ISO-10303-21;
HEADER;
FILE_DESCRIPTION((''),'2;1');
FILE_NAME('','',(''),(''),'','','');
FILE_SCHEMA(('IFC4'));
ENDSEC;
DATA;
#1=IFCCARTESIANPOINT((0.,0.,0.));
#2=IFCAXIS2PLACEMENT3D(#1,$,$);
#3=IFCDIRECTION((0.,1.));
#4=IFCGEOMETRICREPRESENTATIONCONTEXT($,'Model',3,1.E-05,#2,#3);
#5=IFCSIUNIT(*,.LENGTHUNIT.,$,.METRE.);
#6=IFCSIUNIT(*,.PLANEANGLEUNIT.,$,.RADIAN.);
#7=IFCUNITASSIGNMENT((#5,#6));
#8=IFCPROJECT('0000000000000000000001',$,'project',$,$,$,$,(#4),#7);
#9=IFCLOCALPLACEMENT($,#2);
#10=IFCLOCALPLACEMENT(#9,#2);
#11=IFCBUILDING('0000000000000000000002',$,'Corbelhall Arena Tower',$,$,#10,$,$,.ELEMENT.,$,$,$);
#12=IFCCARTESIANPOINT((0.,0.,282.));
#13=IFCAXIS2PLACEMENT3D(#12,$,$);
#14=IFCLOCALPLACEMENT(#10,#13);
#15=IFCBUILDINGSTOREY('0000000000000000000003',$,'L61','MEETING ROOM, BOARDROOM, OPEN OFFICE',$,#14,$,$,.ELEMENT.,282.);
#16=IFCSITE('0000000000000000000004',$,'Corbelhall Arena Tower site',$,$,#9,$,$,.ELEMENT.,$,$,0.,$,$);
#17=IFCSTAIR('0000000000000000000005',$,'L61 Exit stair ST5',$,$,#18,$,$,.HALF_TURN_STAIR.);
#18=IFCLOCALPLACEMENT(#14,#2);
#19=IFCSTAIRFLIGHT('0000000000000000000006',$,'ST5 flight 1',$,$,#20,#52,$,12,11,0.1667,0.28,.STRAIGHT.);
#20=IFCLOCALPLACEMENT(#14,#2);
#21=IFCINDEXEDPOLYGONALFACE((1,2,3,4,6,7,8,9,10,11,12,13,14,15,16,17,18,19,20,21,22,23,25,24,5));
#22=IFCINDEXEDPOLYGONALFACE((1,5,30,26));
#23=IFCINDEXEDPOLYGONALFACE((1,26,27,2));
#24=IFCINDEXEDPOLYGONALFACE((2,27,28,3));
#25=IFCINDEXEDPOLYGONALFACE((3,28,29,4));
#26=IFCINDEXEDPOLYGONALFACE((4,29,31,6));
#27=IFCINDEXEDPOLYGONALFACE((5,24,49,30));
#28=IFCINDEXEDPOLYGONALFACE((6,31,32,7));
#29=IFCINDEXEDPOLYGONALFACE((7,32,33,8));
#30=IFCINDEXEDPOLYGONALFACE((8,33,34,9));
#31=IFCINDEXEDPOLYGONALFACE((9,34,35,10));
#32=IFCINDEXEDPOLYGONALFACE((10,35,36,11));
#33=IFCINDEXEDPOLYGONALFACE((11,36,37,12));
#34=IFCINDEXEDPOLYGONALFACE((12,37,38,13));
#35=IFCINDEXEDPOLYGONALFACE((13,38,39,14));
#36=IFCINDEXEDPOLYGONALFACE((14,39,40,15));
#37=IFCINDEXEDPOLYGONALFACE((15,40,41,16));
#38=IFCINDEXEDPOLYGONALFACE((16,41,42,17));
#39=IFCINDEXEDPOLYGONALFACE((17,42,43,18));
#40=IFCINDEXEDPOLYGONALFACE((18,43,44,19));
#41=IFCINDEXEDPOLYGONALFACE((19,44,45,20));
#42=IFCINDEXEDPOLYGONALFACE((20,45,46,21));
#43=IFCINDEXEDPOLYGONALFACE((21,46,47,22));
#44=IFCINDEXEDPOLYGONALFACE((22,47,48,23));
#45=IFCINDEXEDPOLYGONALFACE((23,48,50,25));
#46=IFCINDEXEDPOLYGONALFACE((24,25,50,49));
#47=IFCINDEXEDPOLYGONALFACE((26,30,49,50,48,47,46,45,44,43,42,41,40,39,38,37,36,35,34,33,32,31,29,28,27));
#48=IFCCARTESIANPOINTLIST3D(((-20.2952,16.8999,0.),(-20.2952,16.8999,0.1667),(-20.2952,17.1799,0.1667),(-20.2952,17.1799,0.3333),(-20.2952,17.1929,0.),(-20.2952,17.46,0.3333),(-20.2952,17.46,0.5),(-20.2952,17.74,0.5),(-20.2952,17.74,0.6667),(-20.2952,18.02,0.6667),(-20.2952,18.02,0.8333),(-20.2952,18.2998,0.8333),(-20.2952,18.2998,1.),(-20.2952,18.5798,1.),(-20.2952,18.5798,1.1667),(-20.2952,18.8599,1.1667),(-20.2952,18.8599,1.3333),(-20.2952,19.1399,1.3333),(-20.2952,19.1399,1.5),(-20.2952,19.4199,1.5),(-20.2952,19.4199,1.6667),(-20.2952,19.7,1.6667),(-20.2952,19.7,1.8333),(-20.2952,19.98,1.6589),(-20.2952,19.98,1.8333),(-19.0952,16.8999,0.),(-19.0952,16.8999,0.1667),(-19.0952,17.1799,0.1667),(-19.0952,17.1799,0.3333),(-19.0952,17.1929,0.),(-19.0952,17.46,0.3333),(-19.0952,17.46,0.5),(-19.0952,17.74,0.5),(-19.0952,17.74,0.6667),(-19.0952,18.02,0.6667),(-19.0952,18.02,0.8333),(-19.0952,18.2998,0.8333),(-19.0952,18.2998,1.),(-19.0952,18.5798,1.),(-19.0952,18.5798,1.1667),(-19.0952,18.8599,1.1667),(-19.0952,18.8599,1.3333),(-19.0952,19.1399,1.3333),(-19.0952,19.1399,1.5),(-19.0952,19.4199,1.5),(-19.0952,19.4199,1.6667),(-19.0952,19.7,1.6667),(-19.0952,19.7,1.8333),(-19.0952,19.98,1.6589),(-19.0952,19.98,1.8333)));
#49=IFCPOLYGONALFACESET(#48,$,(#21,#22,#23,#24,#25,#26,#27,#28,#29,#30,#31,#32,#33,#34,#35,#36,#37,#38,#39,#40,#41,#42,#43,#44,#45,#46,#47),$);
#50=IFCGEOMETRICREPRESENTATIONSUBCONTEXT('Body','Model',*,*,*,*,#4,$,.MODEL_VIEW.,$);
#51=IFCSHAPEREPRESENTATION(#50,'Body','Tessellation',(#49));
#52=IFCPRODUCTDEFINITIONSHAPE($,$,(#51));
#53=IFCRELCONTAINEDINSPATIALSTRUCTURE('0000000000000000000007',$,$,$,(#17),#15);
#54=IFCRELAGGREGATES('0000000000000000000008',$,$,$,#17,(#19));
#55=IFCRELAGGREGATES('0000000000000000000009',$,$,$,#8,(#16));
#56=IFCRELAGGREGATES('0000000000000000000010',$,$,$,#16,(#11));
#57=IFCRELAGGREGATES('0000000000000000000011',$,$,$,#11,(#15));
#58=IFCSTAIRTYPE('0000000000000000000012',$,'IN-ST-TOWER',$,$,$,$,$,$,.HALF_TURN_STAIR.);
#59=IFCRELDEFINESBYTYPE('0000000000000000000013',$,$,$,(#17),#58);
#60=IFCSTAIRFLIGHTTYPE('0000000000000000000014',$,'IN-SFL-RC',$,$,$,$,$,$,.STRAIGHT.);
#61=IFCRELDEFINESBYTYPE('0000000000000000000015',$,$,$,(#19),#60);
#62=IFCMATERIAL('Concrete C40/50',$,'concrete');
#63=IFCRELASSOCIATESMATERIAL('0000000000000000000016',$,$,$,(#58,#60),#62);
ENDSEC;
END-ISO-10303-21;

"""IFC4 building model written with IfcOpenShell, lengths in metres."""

from ifc_helpers import new_model, si_unit, direction, frame, origin, place, context, subcontext, project, spatial, polyline, outline, extrude, material, type_object, element, aggregate, save


model = new_model("IFC4")

# Units and contexts
model_context = context("Model", 3, precision=1e-05, world=origin(), true_north=direction((0.0, 1.0)))
body_context = subcontext(model_context, "Body", "Model", "MODEL_VIEW")
ifc_project = project(units=[si_unit("LENGTHUNIT", "METRE"), si_unit("PLANEANGLEUNIT", "RADIAN")], contexts=[model_context])

# Site, building, storey
site_placement = place(None, origin())
site = spatial("IfcSite", under=ifc_project, at=site_placement, Name="Corbelhall Arena Tower site", CompositionType="ELEMENT", RefElevation=0.0)
building_placement = place(site_placement, origin())
building = spatial("IfcBuilding", under=site, at=building_placement, Name="Corbelhall Arena Tower", CompositionType="ELEMENT")
storey_placement = place(building_placement, frame((0.0, 0.0, 282.0)))
storey = spatial("IfcBuildingStorey", under=building, at=storey_placement, Name="L61", Description="MEETING ROOM, BOARDROOM, OPEN OFFICE", CompositionType="ELEMENT", Elevation=282.0)

# Shared definitions
ifc_material_1 = material(Name="Concrete C40/50", Category="concrete")

# Stair, stair flight
stair_type = type_object("IfcStairType", Name="IN-ST-TOWER", PredefinedType="HALF_TURN_STAIR", material=ifc_material_1)
stair_placement = place(storey_placement, origin())
stair = element("IfcStair", 1, at=stair_placement, inside=storey, type_object=stair_type, Name="L61 Exit stair ST5", PredefinedType="HALF_TURN_STAIR")
stair_flight_type = type_object("IfcStairFlightType", Name="IN-SFL-RC", PredefinedType="STRAIGHT", material=ifc_material_1)
stair_flight_placement = place(storey_placement, frame((-19.6951, 16.8999, 0.0), z_axis=(0.0, 0.0, 1.0), x_axis=(0.0, 1.0, 0.0)))
stair_flight = element("IfcStairFlight", 2, at=stair_flight_placement, type_object=stair_flight_type, Name="ST5 flight 1", NumberOfRisers=12, NumberOfTreads=11, PredefinedType="STRAIGHT", RiserHeight=0.1667, TreadLength=0.28, context=body_context, shape_type="SweptSolid", body=[
    extrude(outline(polyline([(0.0, 0.0), (0.0, 0.1667), (0.28, 0.1667), (0.28, 0.3333), (0.5601, 0.3333), (0.5601, 0.5), (0.8401, 0.5), (0.8401, 0.6667), (1.1201, 0.6667), (1.1201, 0.8333), (1.3999, 0.8333), (1.3999, 1.0), (1.6799, 1.0), (1.6799, 1.1667), (1.96, 1.1667), (1.96, 1.3333), (2.24, 1.3333), (2.24, 1.5), (2.52, 1.5), (2.52, 1.6667), (2.8, 1.6667), (2.8, 1.8333), (3.0801, 1.8333), (3.0801, 2.0), (3.0801, 1.6589), (0.293, 0.0), (0.0, 0.0)])), frame((0.0, 0.6001, 0.0), z_axis=(0.0, -1.0, 0.0), x_axis=(1.0, 0.0, 0.0)), (0.0, 0.0, 1.0), 1.2),
])
aggregate(stair, [stair_flight])

save(model, "model.ifc")
